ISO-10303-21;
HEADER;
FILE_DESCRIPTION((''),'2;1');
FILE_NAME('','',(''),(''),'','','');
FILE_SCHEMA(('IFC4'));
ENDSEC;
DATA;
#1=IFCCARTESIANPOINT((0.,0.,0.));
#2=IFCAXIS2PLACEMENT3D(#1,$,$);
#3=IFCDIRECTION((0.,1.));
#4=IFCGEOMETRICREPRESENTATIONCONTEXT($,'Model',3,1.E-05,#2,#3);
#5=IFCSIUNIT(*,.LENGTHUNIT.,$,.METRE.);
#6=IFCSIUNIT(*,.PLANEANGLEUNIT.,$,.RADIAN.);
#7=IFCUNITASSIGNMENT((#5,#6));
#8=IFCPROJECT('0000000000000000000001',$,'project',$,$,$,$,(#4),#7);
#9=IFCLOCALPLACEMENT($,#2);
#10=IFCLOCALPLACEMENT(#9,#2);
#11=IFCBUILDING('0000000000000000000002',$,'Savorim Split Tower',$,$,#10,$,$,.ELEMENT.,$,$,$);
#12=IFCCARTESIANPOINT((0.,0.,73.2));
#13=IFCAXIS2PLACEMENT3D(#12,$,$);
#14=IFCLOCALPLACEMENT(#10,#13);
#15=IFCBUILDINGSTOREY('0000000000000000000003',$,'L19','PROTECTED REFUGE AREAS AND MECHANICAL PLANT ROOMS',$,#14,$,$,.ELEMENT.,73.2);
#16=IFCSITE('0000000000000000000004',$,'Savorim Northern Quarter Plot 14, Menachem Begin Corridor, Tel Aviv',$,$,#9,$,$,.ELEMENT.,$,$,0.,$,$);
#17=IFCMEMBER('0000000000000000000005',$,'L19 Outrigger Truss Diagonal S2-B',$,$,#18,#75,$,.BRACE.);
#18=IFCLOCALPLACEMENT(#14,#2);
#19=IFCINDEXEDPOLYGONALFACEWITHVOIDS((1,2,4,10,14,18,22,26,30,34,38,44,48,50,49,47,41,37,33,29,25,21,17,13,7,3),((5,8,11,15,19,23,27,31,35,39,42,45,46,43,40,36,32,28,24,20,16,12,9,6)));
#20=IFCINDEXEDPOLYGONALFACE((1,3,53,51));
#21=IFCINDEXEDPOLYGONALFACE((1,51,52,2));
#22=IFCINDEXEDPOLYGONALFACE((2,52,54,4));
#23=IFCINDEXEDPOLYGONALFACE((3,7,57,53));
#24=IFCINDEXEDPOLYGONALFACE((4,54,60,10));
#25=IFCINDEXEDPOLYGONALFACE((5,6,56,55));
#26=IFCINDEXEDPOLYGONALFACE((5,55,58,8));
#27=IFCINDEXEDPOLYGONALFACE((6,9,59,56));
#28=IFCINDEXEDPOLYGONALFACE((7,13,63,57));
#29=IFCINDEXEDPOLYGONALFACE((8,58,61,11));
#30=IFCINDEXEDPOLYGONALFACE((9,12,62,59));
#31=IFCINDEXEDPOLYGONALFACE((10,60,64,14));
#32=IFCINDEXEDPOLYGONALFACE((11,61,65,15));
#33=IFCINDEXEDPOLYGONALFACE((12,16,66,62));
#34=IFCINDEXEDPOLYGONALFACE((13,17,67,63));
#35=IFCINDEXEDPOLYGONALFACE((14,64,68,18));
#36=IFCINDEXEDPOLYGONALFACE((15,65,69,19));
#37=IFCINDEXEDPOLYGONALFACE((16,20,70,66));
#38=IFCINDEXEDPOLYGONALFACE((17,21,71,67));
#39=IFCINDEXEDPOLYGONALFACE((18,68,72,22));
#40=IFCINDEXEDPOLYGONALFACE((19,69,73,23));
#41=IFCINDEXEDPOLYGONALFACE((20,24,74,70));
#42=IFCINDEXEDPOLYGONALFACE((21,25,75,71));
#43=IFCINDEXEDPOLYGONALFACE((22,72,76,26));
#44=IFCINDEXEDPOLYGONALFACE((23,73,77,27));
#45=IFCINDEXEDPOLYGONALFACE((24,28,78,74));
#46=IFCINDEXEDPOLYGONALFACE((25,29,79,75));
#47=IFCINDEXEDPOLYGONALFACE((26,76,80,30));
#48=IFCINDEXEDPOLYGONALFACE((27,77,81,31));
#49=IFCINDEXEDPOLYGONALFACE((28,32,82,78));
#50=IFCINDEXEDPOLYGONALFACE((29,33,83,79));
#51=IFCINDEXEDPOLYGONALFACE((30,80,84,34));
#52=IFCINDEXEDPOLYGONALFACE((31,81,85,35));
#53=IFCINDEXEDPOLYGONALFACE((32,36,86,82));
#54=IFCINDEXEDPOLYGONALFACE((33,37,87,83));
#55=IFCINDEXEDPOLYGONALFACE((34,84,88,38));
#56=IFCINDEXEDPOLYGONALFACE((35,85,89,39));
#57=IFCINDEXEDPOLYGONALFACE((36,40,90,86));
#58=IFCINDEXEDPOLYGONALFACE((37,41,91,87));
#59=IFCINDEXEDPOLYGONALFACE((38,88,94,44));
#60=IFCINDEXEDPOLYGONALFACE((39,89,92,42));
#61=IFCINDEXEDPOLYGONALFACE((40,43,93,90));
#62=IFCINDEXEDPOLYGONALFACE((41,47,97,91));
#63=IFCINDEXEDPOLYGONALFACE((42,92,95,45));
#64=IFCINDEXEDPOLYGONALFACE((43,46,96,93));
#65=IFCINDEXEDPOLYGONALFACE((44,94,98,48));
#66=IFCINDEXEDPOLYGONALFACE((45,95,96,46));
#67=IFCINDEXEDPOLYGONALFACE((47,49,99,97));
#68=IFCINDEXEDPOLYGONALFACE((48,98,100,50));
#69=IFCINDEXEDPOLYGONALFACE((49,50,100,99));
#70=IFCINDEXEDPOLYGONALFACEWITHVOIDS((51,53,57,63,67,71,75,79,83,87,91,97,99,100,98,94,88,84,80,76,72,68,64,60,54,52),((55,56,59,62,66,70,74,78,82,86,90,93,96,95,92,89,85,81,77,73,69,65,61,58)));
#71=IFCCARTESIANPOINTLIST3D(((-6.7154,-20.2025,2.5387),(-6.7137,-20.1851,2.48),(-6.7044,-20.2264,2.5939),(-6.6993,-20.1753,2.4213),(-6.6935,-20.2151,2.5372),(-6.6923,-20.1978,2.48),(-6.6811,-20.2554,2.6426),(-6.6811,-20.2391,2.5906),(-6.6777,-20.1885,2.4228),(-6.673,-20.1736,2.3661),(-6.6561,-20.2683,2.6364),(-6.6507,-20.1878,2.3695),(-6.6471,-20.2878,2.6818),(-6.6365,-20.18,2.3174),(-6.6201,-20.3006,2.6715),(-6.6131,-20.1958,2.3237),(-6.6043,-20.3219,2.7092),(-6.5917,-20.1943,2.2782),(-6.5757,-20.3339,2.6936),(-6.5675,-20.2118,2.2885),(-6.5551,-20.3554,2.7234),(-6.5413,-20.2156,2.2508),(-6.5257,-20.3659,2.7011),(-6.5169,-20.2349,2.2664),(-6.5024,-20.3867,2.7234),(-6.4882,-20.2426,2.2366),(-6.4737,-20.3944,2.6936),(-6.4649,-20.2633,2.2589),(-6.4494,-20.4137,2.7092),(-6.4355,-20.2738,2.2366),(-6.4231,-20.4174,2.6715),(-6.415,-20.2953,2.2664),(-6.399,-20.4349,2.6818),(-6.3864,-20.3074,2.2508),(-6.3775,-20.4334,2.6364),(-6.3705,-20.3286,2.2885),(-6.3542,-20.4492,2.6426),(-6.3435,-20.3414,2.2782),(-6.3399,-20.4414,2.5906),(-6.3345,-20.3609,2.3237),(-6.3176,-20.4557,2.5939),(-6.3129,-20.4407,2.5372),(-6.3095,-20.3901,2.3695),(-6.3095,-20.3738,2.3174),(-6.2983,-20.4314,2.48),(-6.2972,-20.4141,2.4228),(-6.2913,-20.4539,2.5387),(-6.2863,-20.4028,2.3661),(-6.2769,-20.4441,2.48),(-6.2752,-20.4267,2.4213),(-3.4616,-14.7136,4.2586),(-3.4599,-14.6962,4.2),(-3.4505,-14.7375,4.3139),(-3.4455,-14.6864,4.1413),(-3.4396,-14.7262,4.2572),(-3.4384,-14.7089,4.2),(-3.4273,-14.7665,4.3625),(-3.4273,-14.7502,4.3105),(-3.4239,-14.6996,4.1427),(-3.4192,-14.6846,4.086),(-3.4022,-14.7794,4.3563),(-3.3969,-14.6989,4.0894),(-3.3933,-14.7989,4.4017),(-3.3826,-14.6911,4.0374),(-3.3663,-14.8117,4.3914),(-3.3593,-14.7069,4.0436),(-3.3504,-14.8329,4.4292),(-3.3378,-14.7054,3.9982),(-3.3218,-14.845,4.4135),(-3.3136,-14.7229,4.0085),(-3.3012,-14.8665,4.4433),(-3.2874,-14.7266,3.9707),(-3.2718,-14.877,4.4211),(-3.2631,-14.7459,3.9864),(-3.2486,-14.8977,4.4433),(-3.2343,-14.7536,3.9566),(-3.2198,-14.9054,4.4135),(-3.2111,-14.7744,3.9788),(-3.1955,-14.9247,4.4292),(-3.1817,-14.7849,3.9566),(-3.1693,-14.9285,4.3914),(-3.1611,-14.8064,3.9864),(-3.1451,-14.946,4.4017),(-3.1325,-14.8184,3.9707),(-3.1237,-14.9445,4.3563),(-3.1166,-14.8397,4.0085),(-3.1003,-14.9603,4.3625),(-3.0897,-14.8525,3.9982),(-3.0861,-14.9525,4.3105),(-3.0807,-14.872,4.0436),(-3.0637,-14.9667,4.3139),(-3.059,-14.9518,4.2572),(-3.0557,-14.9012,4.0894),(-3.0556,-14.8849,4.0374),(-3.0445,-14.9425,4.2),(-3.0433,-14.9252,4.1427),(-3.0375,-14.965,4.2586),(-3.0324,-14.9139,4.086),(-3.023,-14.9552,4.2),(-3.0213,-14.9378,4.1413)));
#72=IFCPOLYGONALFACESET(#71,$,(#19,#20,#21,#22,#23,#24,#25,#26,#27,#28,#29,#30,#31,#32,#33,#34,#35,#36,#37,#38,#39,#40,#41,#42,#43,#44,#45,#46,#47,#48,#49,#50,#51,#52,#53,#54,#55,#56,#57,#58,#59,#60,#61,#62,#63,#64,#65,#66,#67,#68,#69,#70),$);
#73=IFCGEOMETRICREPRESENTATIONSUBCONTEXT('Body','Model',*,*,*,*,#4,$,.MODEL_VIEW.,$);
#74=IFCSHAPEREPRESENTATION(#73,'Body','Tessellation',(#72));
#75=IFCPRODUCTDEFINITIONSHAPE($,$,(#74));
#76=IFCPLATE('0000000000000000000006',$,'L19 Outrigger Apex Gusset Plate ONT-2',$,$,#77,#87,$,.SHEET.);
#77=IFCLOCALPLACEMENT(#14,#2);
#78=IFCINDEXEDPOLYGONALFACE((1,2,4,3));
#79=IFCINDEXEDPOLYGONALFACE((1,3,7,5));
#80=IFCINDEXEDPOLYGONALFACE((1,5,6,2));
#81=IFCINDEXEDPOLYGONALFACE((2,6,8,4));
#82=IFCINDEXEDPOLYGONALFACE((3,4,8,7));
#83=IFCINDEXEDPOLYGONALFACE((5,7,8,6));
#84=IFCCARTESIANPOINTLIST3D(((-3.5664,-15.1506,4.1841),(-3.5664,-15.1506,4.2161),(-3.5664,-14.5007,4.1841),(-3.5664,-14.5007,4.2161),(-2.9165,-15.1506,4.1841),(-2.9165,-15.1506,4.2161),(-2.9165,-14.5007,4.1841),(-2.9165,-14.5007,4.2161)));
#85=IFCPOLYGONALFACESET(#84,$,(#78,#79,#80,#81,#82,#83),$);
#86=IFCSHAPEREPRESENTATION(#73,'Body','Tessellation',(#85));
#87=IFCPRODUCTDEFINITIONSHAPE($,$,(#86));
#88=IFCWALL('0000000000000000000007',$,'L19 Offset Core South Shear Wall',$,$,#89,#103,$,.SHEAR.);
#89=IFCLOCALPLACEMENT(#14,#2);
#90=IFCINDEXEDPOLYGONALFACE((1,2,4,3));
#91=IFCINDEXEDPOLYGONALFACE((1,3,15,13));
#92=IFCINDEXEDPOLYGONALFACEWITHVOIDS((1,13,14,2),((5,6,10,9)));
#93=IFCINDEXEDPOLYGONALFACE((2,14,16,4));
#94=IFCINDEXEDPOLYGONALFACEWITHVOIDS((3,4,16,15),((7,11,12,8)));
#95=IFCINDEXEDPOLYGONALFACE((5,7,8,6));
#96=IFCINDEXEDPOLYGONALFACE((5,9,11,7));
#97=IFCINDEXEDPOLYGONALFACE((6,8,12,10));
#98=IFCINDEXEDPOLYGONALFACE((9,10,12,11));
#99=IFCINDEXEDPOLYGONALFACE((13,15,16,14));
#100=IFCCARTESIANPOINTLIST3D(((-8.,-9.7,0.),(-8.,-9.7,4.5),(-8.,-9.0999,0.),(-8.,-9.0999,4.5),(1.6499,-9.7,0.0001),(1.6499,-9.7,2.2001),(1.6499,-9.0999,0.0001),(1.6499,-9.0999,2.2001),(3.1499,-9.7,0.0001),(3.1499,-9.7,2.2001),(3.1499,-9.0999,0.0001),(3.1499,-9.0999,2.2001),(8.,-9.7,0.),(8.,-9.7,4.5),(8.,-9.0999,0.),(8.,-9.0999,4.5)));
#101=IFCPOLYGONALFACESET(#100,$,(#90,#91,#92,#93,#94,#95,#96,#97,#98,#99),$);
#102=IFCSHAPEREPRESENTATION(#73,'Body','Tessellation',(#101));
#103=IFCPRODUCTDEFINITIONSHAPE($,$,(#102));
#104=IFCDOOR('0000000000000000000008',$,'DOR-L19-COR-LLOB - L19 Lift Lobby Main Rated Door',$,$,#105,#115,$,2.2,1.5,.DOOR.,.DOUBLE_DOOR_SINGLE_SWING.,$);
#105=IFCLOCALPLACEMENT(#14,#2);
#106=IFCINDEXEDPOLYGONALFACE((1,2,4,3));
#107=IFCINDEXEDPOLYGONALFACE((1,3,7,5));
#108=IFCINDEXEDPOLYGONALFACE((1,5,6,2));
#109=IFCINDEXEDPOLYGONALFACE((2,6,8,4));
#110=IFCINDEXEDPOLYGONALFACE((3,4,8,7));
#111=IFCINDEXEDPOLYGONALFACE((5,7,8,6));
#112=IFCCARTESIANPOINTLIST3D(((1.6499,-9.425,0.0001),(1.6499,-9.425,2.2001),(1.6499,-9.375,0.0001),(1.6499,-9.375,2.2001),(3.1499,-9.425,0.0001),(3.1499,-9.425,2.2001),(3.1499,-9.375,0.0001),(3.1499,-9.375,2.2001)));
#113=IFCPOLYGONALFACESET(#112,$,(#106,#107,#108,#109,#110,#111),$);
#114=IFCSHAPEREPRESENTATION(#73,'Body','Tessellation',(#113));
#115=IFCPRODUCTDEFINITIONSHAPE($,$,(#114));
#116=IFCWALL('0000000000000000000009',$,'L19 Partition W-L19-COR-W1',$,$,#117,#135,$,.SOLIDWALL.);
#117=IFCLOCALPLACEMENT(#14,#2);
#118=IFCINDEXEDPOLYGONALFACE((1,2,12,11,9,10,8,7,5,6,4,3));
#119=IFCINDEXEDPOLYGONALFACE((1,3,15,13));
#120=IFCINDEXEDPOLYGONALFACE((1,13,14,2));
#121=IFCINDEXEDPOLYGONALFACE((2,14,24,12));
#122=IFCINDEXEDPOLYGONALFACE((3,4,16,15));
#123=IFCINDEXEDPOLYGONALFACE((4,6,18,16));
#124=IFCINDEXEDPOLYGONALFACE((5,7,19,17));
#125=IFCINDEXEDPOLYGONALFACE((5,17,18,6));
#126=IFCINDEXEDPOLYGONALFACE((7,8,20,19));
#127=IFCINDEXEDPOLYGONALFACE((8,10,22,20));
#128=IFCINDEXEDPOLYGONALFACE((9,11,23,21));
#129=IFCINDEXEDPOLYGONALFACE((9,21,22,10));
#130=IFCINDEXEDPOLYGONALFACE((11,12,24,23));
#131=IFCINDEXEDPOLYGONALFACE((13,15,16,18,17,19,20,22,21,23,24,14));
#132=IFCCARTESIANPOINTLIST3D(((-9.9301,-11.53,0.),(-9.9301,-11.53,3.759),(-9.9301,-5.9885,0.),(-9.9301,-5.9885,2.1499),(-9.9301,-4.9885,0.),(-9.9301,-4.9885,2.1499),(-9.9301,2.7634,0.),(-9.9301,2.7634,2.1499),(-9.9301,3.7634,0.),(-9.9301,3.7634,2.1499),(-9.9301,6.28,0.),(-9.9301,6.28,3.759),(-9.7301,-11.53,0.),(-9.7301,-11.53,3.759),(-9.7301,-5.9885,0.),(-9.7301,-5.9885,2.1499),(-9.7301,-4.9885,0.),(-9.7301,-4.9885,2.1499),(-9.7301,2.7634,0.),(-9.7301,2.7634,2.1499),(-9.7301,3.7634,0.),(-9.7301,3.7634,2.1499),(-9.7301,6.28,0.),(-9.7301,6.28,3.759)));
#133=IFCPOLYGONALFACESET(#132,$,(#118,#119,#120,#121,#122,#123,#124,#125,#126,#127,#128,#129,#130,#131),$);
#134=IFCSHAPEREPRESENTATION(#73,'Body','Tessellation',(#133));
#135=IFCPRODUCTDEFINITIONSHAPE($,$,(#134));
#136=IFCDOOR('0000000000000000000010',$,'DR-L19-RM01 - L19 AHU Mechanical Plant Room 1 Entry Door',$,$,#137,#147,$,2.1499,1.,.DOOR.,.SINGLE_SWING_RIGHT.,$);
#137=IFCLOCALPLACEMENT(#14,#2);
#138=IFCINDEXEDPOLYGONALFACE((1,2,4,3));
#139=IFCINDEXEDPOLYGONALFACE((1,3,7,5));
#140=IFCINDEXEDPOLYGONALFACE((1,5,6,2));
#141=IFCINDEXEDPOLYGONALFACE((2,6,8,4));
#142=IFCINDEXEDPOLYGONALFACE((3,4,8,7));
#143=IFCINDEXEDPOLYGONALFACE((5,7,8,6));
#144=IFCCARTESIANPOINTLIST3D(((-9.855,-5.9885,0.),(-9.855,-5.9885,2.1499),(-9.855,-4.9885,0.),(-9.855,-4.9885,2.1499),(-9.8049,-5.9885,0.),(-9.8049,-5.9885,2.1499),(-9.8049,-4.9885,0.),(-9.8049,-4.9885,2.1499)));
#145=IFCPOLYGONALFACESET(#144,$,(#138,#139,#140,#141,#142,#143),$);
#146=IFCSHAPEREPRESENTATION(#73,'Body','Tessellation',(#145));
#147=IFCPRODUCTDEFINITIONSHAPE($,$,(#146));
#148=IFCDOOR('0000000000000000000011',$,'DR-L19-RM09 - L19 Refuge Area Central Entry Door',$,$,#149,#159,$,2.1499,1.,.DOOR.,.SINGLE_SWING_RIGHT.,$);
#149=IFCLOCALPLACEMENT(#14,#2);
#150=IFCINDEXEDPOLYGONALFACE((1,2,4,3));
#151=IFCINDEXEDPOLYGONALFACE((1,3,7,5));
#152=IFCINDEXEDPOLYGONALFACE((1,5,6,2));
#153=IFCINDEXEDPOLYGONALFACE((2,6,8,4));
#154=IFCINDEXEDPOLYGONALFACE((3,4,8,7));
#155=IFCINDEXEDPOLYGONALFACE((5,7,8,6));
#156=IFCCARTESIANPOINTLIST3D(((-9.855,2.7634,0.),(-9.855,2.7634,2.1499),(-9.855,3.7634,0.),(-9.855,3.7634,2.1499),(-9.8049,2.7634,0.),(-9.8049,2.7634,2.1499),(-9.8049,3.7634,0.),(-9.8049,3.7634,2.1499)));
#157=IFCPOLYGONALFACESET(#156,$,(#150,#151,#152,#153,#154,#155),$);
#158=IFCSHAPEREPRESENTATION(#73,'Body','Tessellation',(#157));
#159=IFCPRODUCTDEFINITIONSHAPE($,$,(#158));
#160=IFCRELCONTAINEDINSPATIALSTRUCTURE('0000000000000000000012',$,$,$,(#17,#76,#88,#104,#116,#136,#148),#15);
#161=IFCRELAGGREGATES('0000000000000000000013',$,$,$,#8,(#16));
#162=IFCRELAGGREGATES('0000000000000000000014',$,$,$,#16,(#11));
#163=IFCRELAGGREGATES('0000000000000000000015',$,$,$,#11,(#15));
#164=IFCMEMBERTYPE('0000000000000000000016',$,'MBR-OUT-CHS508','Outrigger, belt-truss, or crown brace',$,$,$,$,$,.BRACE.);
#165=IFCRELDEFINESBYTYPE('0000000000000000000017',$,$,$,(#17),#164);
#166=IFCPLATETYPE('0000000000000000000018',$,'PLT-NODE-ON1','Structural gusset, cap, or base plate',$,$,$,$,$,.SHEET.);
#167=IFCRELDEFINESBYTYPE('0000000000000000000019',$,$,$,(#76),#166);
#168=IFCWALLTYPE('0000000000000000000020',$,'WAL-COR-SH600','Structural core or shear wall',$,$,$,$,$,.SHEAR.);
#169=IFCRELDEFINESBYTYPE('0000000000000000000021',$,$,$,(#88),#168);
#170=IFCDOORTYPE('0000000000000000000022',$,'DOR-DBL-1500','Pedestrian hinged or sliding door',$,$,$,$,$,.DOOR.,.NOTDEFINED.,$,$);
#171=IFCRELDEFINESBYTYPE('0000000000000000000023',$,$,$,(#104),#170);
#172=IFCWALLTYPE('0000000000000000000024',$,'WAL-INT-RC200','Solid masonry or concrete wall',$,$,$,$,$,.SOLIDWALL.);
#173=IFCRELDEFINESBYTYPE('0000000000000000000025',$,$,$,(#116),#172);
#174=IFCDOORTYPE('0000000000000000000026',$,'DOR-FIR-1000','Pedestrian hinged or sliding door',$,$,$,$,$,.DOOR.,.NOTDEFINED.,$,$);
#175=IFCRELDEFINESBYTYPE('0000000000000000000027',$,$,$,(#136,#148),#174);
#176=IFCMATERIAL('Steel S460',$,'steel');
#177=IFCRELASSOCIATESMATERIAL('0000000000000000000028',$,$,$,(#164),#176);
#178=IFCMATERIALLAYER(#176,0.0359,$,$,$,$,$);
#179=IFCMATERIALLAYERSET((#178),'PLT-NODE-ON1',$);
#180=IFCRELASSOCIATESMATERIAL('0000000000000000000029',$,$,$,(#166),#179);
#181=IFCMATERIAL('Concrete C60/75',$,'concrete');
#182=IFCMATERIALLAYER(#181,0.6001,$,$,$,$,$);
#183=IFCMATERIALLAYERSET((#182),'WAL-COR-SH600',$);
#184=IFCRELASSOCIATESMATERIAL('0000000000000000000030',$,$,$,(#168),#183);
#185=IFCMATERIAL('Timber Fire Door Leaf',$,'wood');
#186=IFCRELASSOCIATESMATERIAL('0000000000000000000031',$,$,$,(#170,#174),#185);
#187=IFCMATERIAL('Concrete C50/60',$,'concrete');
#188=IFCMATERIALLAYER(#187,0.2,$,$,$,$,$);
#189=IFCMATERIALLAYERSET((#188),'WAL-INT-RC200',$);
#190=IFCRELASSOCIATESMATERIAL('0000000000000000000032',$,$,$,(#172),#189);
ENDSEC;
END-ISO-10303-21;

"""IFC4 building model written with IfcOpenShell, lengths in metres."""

from ifc_helpers import new_model, si_unit, direction, frame, frame_2d, origin, origin_2d, place, context, subcontext, project, spatial, rectangle, hollow_circle, extrude, material, layer, layer_set, material_profile, profile_set, type_object, element, fill, save


model = new_model("IFC4")

# Units and contexts
model_context = context("Model", 3, precision=1e-05, world=origin(), true_north=direction((0.0, 1.0)))
body_context = subcontext(model_context, "Body", "Model", "MODEL_VIEW")
ifc_project = project(units=[si_unit("LENGTHUNIT", "METRE"), si_unit("PLANEANGLEUNIT", "RADIAN")], contexts=[model_context])

# Site, building, storey
site_placement = place(None, origin())
site = spatial("IfcSite", under=ifc_project, at=site_placement, Name="Savorim Northern Quarter Plot 14, Menachem Begin Corridor, Tel Aviv", CompositionType="ELEMENT", RefElevation=0.0)
building_placement = place(site_placement, origin())
building = spatial("IfcBuilding", under=site, at=building_placement, Name="Savorim Split Tower", CompositionType="ELEMENT")
storey_placement = place(building_placement, frame((0.0, 0.0, 73.2)))
storey = spatial("IfcBuildingStorey", under=building, at=storey_placement, Name="L19", Description="PROTECTED REFUGE AREAS AND MECHANICAL PLANT ROOMS", CompositionType="ELEMENT", Elevation=73.2)

# Shared definitions
ifc_material_1 = material(Name="Steel S460", Category="steel")

# Member
ifc_material_profile_1 = material_profile(ifc_material_1, hollow_circle(Radius=0.2539, WallThickness=0.0249, at=origin_2d()), Name="CHS 508x25")
ifc_profile_set_1 = profile_set([ifc_material_profile_1], Name="Steel S460")
member_type = type_object("IfcMemberType", Name="MBR-OUT-CHS508", Description="Outrigger, belt-truss, or crown brace", PredefinedType="BRACE", material=ifc_profile_set_1)
member_placement = place(storey_placement, frame((-3.2415, -14.8257, 4.2), z_axis=(-0.492364, -0.830569, -0.260257), x_axis=(0.860212, -0.509937, 0.0)))
element("IfcMember", 1, at=member_placement, inside=storey, type_object=member_type, Name="L19 Outrigger Truss Diagonal S2-B", PredefinedType="BRACE", context=body_context, shape_type="SweptSolid", body=[
    extrude(hollow_circle(Radius=0.2539, WallThickness=0.0249, at=origin_2d()), origin(), (0.0, 0.0, 1.0), 6.6086),
])

# Plate
ifc_layer_1 = layer(ifc_material_1, 0.0359)
ifc_layer_set_1 = layer_set([ifc_layer_1], Name="PLT-NODE-ON1")
plate_type = type_object("IfcPlateType", Name="PLT-NODE-ON1", Description="Structural gusset, cap, or base plate", PredefinedType="SHEET", material=ifc_layer_set_1)
plate_placement = place(storey_placement, frame((-3.2415, -14.8257, 4.1841), z_axis=(0.0, 0.0, 1.0), x_axis=(1.0, 0.0, 0.0)))
element("IfcPlate", 2, at=plate_placement, inside=storey, type_object=plate_type, Name="L19 Outrigger Apex Gusset Plate ONT-2", PredefinedType="SHEET", context=body_context, shape_type="SweptSolid", body=[
    extrude(rectangle(XDim=0.6499, YDim=0.6499, at=origin_2d()), origin(), (0.0, 0.0, 1.0), 0.032),
])

# Wall, opening, door
ifc_material_2 = material(Name="Concrete C60/75", Category="concrete")
ifc_layer_2 = layer(ifc_material_2, 0.6001)
ifc_layer_set_2 = layer_set([ifc_layer_2], Name="WAL-COR-SH600")
wall_type_1 = type_object("IfcWallType", Name="WAL-COR-SH600", Description="Structural core or shear wall", PredefinedType="SHEAR", material=ifc_layer_set_2)
wall_1_placement = place(storey_placement, frame((-8.0, -9.3999, 0.0), z_axis=(0.0, 0.0, 1.0), x_axis=(1.0, 0.0, 0.0)))
wall_1 = element("IfcWall", 3, at=wall_1_placement, inside=storey, type_object=wall_type_1, Name="L19 Offset Core South Shear Wall", PredefinedType="SHEAR", context=body_context, shape_type="SweptSolid", body=[
    extrude(rectangle(XDim=16.0, YDim=0.6001, at=frame_2d((8.0, 0.0))), origin(), (0.0, 0.0, 1.0), 4.5),
])
opening_1_placement = place(wall_1_placement, frame((9.6499, 0.0, 0.0)))
opening_1 = element("IfcOpeningElement", 4, at=opening_1_placement, cuts=wall_1, PredefinedType="OPENING", context=body_context, shape_type="SweptSolid", body=[
    extrude(rectangle(XDim=1.5, YDim=2.2, at=frame_2d((0.75, 1.1001))), frame((0.0, 0.3101, 0.0), z_axis=(0.0, -1.0, 0.0), x_axis=(1.0, 0.0, 0.0)), (0.0, 0.0, 1.0), 0.6201),
])
ifc_material_3 = material(Name="Timber Fire Door Leaf", Category="wood")
door_type_1 = type_object("IfcDoorType", Name="DOR-DBL-1500", Description="Pedestrian hinged or sliding door", OperationType="NOTDEFINED", PredefinedType="DOOR", material=ifc_material_3)
door_1_placement = place(opening_1_placement, origin())
door_1 = element("IfcDoor", 5, at=door_1_placement, inside=storey, type_object=door_type_1, Name="DOR-L19-COR-LLOB - L19 Lift Lobby Main Rated Door", OperationType="DOUBLE_DOOR_SINGLE_SWING", OverallHeight=2.2, OverallWidth=1.5, PredefinedType="DOOR", context=body_context, shape_type="SweptSolid", body=[
    extrude(rectangle(XDim=1.5, YDim=2.2, at=frame_2d((0.75, 1.1001))), frame((0.0, 0.0249, 0.0), z_axis=(0.0, -1.0, 0.0), x_axis=(1.0, 0.0, 0.0)), (0.0, 0.0, 1.0), 0.05),
])
fill(opening_1, door_1)

# Wall, openings, doors
ifc_material_4 = material(Name="Concrete C50/60", Category="concrete")
ifc_layer_3 = layer(ifc_material_4, 0.2)
ifc_layer_set_3 = layer_set([ifc_layer_3], Name="WAL-INT-RC200")
wall_type_2 = type_object("IfcWallType", Name="WAL-INT-RC200", Description="Solid masonry or concrete wall", PredefinedType="SOLIDWALL", material=ifc_layer_set_3)
wall_2_placement = place(storey_placement, frame((-9.8301, -11.53, 0.0), z_axis=(0.0, 0.0, 1.0), x_axis=(0.0, 1.0, 0.0)))
wall_2 = element("IfcWall", 6, at=wall_2_placement, inside=storey, type_object=wall_type_2, Name="L19 Partition W-L19-COR-W1", PredefinedType="SOLIDWALL", context=body_context, shape_type="SweptSolid", body=[
    extrude(rectangle(XDim=17.8101, YDim=0.2, at=frame_2d((8.905, 0.0))), origin(), (0.0, 0.0, 1.0), 3.759),
])
opening_2_placement = place(wall_2_placement, frame((5.5415, 0.0, 0.0)))
opening_2 = element("IfcOpeningElement", 7, at=opening_2_placement, cuts=wall_2, PredefinedType="OPENING", context=body_context, shape_type="SweptSolid", body=[
    extrude(rectangle(XDim=1.0, YDim=2.1499, at=frame_2d((0.5, 1.075))), frame((0.0, 0.1099, 0.0), z_axis=(0.0, -1.0, 0.0), x_axis=(1.0, 0.0, 0.0)), (0.0, 0.0, 1.0), 0.22),
])
opening_3_placement = place(wall_2_placement, frame((14.2935, 0.0, 0.0)))
opening_3 = element("IfcOpeningElement", 8, at=opening_3_placement, cuts=wall_2, PredefinedType="OPENING", context=body_context, shape_type="SweptSolid", body=[
    extrude(rectangle(XDim=1.0, YDim=2.1499, at=frame_2d((0.5, 1.075))), frame((0.0, 0.1099, 0.0), z_axis=(0.0, -1.0, 0.0), x_axis=(1.0, 0.0, 0.0)), (0.0, 0.0, 1.0), 0.22),
])
door_type_2 = type_object("IfcDoorType", Name="DOR-FIR-1000", Description="Pedestrian hinged or sliding door", OperationType="NOTDEFINED", PredefinedType="DOOR", material=ifc_material_3)
door_2_placement = place(opening_2_placement, origin())
door_2 = element("IfcDoor", 9, at=door_2_placement, inside=storey, type_object=door_type_2, Name="DR-L19-RM01 - L19 AHU Mechanical Plant Room 1 Entry Door", OperationType="SINGLE_SWING_RIGHT", OverallHeight=2.1499, OverallWidth=1.0, PredefinedType="DOOR", context=body_context, shape_type="SweptSolid", body=[
    extrude(rectangle(XDim=1.0, YDim=2.1499, at=frame_2d((0.5, 1.075))), frame((0.0, 0.0249, 0.0), z_axis=(0.0, -1.0, 0.0), x_axis=(1.0, 0.0, 0.0)), (0.0, 0.0, 1.0), 0.05),
])
fill(opening_2, door_2)
door_3_placement = place(opening_3_placement, origin())
door_3 = element("IfcDoor", 10, at=door_3_placement, inside=storey, type_object=door_type_2, Name="DR-L19-RM09 - L19 Refuge Area Central Entry Door", OperationType="SINGLE_SWING_RIGHT", OverallHeight=2.1499, OverallWidth=1.0, PredefinedType="DOOR", context=body_context, shape_type="SweptSolid", body=[
    extrude(rectangle(XDim=1.0, YDim=2.1499, at=frame_2d((0.5, 1.075))), frame((0.0, 0.0249, 0.0), z_axis=(0.0, -1.0, 0.0), x_axis=(1.0, 0.0, 0.0)), (0.0, 0.0, 1.0), 0.05),
])
fill(opening_3, door_3)

save(model, "model.ifc")
